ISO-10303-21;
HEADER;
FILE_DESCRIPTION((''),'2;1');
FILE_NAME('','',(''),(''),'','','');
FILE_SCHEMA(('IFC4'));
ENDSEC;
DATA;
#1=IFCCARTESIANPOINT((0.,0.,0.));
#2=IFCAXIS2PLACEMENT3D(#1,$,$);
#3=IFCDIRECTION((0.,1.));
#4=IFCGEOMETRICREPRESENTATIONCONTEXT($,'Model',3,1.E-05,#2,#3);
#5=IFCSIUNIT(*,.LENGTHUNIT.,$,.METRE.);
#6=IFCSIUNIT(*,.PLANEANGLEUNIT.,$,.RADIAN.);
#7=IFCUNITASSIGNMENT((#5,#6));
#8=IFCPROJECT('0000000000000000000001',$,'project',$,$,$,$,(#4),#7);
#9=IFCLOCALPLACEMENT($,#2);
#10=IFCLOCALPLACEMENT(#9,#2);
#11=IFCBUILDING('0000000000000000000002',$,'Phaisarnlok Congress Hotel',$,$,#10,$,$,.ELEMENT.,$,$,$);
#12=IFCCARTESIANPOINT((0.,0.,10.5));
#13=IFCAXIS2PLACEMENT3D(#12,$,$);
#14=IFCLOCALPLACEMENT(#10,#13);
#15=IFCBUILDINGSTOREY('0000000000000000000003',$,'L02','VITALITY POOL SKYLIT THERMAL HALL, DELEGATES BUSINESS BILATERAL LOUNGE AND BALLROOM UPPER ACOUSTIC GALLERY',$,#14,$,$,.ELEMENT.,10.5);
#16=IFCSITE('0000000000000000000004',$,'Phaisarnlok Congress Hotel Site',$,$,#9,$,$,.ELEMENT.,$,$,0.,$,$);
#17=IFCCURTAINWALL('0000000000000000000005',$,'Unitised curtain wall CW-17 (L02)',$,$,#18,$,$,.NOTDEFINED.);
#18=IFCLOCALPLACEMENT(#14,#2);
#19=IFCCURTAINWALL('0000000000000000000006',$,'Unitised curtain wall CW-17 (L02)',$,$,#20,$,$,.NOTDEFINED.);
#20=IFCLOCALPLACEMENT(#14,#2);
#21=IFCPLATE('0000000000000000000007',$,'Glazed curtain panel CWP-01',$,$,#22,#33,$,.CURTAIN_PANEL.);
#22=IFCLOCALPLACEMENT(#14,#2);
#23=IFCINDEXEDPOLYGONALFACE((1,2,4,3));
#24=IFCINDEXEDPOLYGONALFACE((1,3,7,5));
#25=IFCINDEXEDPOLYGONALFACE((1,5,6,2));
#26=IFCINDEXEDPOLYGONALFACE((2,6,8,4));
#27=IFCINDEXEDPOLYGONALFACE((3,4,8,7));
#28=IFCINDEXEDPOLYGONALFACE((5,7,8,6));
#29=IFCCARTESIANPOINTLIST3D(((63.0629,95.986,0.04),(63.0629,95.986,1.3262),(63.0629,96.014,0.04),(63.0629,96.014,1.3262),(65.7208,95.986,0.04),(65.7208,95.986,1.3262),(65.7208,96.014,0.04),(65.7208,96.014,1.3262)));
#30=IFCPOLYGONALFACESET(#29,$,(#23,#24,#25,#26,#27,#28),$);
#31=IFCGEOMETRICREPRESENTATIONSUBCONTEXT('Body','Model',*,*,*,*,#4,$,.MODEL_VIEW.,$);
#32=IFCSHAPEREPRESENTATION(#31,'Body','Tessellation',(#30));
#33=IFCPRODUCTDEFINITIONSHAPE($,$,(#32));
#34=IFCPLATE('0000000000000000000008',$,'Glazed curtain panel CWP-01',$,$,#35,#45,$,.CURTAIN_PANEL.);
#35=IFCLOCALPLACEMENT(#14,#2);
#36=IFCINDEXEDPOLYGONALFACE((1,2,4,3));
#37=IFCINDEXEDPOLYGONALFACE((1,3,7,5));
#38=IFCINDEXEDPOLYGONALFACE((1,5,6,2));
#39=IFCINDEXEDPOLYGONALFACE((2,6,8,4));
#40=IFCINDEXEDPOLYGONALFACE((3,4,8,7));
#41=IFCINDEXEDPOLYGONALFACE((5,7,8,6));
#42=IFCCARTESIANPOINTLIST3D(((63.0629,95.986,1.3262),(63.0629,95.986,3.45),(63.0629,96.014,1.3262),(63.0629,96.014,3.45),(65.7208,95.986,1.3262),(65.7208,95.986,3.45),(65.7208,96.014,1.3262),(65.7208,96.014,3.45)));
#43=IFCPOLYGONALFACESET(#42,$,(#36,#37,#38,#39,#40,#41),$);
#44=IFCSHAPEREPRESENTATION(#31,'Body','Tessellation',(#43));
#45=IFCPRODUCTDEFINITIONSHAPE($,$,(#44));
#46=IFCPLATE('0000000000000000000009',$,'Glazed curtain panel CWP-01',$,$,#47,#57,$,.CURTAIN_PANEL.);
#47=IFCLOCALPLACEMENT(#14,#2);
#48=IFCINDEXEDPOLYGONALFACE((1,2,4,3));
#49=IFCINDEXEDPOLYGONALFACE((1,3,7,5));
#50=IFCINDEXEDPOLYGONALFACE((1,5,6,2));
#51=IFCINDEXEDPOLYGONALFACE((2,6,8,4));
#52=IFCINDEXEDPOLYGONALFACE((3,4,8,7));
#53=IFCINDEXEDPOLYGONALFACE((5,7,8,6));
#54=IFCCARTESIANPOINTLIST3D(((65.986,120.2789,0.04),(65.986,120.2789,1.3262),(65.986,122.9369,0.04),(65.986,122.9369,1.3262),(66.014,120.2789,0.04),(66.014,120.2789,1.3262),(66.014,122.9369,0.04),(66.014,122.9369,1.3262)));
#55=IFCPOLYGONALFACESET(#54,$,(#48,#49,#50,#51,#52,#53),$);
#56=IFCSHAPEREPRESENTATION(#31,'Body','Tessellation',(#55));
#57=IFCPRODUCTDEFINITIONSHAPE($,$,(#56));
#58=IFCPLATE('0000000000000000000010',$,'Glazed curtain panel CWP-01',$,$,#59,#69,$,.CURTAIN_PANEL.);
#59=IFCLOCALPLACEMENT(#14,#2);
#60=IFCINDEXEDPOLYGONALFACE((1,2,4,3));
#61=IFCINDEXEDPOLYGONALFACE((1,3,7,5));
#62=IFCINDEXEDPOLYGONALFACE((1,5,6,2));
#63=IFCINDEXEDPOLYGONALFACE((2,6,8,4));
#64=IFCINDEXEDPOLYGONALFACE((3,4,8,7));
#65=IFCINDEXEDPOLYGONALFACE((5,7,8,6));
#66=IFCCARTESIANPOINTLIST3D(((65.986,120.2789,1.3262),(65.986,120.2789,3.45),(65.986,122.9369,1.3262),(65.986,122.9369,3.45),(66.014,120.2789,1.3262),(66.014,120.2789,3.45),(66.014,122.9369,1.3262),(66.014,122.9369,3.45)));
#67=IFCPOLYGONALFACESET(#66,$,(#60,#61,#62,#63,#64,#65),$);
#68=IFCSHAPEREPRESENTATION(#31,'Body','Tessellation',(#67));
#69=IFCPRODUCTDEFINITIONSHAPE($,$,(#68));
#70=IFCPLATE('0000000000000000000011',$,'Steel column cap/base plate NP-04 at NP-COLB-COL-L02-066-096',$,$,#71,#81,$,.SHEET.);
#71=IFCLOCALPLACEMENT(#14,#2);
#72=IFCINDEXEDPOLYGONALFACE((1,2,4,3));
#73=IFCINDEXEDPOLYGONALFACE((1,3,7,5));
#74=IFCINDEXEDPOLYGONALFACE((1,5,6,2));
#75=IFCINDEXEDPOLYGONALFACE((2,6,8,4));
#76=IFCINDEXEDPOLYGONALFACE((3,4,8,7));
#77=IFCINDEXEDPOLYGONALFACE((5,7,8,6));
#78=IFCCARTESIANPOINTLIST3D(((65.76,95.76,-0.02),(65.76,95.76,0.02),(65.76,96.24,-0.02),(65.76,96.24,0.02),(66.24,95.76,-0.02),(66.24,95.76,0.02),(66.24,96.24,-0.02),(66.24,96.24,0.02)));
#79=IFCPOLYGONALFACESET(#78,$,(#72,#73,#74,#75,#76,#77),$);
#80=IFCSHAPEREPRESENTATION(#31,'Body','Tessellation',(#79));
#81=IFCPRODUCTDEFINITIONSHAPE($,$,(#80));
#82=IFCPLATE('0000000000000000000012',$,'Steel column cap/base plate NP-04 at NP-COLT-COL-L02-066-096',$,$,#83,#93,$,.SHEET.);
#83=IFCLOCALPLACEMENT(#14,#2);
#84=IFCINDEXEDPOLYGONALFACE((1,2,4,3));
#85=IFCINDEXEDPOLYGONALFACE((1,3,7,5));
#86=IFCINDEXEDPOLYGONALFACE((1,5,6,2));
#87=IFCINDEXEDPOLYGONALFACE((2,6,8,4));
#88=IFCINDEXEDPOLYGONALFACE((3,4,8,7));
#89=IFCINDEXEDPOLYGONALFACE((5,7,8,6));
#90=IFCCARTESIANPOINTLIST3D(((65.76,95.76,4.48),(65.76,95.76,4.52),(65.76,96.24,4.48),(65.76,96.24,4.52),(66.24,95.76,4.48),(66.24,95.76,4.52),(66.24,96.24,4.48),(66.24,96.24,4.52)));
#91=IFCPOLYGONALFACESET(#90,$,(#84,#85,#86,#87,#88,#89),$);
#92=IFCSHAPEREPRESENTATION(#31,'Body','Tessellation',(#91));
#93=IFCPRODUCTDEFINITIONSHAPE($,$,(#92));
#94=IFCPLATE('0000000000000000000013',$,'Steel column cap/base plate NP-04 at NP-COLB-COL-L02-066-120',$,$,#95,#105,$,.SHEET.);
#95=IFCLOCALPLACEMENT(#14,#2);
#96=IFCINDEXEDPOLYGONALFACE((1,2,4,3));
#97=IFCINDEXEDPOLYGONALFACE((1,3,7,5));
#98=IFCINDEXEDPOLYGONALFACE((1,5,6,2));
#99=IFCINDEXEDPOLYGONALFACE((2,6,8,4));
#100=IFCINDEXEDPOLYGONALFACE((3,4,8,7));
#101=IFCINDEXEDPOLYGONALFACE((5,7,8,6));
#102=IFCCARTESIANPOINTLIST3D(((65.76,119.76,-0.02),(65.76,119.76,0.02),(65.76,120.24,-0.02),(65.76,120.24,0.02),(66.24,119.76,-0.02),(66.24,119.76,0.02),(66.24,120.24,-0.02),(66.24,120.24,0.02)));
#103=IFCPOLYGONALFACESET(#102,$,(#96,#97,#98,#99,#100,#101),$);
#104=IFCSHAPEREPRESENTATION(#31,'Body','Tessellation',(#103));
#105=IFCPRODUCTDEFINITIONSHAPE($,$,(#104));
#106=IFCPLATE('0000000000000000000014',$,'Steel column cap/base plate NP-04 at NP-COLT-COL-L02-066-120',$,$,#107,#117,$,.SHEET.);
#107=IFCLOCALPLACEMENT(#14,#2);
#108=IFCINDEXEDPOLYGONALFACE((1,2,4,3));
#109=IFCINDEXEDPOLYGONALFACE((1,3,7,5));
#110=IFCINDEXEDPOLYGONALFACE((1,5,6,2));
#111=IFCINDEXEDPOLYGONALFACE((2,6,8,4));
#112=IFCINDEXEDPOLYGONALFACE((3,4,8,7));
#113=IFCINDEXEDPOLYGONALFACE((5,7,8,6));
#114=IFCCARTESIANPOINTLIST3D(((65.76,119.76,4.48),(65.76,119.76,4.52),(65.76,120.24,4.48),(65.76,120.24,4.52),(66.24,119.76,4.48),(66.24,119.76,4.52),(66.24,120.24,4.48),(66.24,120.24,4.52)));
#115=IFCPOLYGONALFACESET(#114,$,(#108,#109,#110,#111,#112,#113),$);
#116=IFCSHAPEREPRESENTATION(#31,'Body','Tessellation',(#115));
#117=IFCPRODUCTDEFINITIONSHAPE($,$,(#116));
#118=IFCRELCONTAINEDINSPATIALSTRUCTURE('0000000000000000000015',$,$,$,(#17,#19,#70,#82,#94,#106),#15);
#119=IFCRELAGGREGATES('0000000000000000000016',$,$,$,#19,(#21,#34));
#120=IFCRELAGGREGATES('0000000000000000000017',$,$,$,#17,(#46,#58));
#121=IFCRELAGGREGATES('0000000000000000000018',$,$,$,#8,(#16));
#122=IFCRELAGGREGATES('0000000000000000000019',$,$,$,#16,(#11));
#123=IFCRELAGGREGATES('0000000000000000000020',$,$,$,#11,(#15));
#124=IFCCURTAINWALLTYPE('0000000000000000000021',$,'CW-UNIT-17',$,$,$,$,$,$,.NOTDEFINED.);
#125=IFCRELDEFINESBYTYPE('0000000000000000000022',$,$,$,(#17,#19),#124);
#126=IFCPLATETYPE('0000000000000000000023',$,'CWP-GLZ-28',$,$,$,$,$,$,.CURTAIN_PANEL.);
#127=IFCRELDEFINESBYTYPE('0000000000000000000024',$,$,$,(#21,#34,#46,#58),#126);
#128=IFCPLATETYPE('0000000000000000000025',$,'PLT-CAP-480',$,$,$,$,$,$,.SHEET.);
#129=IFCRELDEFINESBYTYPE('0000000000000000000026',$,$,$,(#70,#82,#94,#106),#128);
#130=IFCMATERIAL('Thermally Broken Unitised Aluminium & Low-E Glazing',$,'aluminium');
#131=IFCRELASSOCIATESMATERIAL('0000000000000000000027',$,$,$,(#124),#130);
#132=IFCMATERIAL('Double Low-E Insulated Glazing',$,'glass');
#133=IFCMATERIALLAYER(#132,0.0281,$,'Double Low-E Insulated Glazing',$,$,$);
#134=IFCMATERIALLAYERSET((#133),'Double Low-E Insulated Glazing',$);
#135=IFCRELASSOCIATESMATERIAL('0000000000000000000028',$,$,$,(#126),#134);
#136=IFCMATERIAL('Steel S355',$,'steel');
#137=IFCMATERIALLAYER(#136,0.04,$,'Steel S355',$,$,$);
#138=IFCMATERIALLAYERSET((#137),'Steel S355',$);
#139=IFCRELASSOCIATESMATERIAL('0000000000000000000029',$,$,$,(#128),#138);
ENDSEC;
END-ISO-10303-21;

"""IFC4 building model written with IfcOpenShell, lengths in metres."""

from ifc_helpers import new_model, si_unit, direction, frame, frame_2d, origin, origin_2d, place, context, subcontext, project, spatial, rectangle, extrude, material, layer, layer_set, type_object, element, aggregate, save


model = new_model("IFC4")

# Units and contexts
model_context = context("Model", 3, precision=1e-05, world=origin(), true_north=direction((0.0, 1.0)))
body_context = subcontext(model_context, "Body", "Model", "MODEL_VIEW")
ifc_project = project(units=[si_unit("LENGTHUNIT", "METRE"), si_unit("PLANEANGLEUNIT", "RADIAN")], contexts=[model_context])

# Site, building, storey
site_placement = place(None, origin())
site = spatial("IfcSite", under=ifc_project, at=site_placement, Name="Phaisarnlok Congress Hotel Site", CompositionType="ELEMENT", RefElevation=0.0)
building_placement = place(site_placement, origin())
building = spatial("IfcBuilding", under=site, at=building_placement, Name="Phaisarnlok Congress Hotel", CompositionType="ELEMENT")
storey_placement = place(building_placement, frame((0.0, 0.0, 10.5)))
storey = spatial("IfcBuildingStorey", under=building, at=storey_placement, Name="L02", Description="VITALITY POOL SKYLIT THERMAL HALL, DELEGATES BUSINESS BILATERAL LOUNGE AND BALLROOM UPPER ACOUSTIC GALLERY", CompositionType="ELEMENT", Elevation=10.5)

# Shared definitions
ifc_material_1 = material(Name="Steel S355", Category="steel")

# Curtain walls
ifc_material_2 = material(Name="Thermally Broken Unitised Aluminium & Low-E Glazing", Category="aluminium")
curtain_wall_type = type_object("IfcCurtainWallType", Name="CW-UNIT-17", PredefinedType="NOTDEFINED", material=ifc_material_2)
curtain_wall_1_placement = place(storey_placement, origin())
curtain_wall_1 = element("IfcCurtainWall", 1, at=curtain_wall_1_placement, inside=storey, type_object=curtain_wall_type, Name="Unitised curtain wall CW-17 (L02)", PredefinedType="NOTDEFINED")
curtain_wall_2_placement = place(storey_placement, origin())
curtain_wall_2 = element("IfcCurtainWall", 2, at=curtain_wall_2_placement, inside=storey, type_object=curtain_wall_type, Name="Unitised curtain wall CW-17 (L02)", PredefinedType="NOTDEFINED")

# Plates
ifc_material_3 = material(Name="Double Low-E Insulated Glazing", Category="glass")
ifc_layer_1 = layer(ifc_material_3, 0.0281, Name="Double Low-E Insulated Glazing")
ifc_layer_set_1 = layer_set([ifc_layer_1], Name="Double Low-E Insulated Glazing")
plate_type_1 = type_object("IfcPlateType", Name="CWP-GLZ-28", PredefinedType="CURTAIN_PANEL", material=ifc_layer_set_1)
plate_1_placement = place(storey_placement, frame((65.7209, 96.0, 0.04), z_axis=(0.0, 0.0, 1.0), x_axis=(-1.0, 0.0, 0.0)))
plate_1 = element("IfcPlate", 3, at=plate_1_placement, type_object=plate_type_1, Name="Glazed curtain panel CWP-01", PredefinedType="CURTAIN_PANEL", context=body_context, shape_type="SweptSolid", body=[
    extrude(rectangle(XDim=2.658, YDim=0.0281, at=frame_2d((1.3291, 0.0))), origin(), (0.0, 0.0, 1.0), 1.2861),
])
plate_2_placement = place(storey_placement, frame((65.7209, 96.0, 1.3262), z_axis=(0.0, 0.0, 1.0), x_axis=(-1.0, 0.0, 0.0)))
plate_2 = element("IfcPlate", 4, at=plate_2_placement, type_object=plate_type_1, Name="Glazed curtain panel CWP-01", PredefinedType="CURTAIN_PANEL", context=body_context, shape_type="SweptSolid", body=[
    extrude(rectangle(XDim=2.658, YDim=0.0281, at=frame_2d((1.3291, 0.0))), origin(), (0.0, 0.0, 1.0), 2.1238),
])
aggregate(curtain_wall_2, [plate_1, plate_2])
plate_3_placement = place(storey_placement, frame((66.0, 122.937, 0.04), z_axis=(0.0, 0.0, 1.0), x_axis=(0.0, -1.0, 0.0)))
plate_3 = element("IfcPlate", 5, at=plate_3_placement, type_object=plate_type_1, Name="Glazed curtain panel CWP-01", PredefinedType="CURTAIN_PANEL", context=body_context, shape_type="SweptSolid", body=[
    extrude(rectangle(XDim=2.658, YDim=0.0281, at=frame_2d((1.3291, 0.0))), origin(), (0.0, 0.0, 1.0), 1.2861),
])
plate_4_placement = place(storey_placement, frame((66.0, 122.937, 1.3262), z_axis=(0.0, 0.0, 1.0), x_axis=(0.0, -1.0, 0.0)))
plate_4 = element("IfcPlate", 6, at=plate_4_placement, type_object=plate_type_1, Name="Glazed curtain panel CWP-01", PredefinedType="CURTAIN_PANEL", context=body_context, shape_type="SweptSolid", body=[
    extrude(rectangle(XDim=2.658, YDim=0.0281, at=frame_2d((1.3291, 0.0))), origin(), (0.0, 0.0, 1.0), 2.1238),
])
aggregate(curtain_wall_1, [plate_3, plate_4])

# Plates
ifc_layer_2 = layer(ifc_material_1, 0.04, Name="Steel S355")
ifc_layer_set_2 = layer_set([ifc_layer_2], Name="Steel S355")
plate_type_2 = type_object("IfcPlateType", Name="PLT-CAP-480", PredefinedType="SHEET", material=ifc_layer_set_2)
for number, where, z_axis, x_axis, name in (
    (7, (66.0, 96.0, -0.02), (0.0, 0.0, 1.0), (1.0, 0.0, 0.0), "Steel column cap/base plate NP-04 at NP-COLB-COL-L02-066-096"),
    (8, (66.0, 96.0, 4.48), (0.0, 0.0, 1.0), (1.0, 0.0, 0.0), "Steel column cap/base plate NP-04 at NP-COLT-COL-L02-066-096"),
    (9, (66.0, 120.0, -0.02), (0.0, 0.0, 1.0), (1.0, 0.0, 0.0), "Steel column cap/base plate NP-04 at NP-COLB-COL-L02-066-120"),
    (10, (66.0, 120.0, 4.48), (0.0, 0.0, 1.0), (1.0, 0.0, 0.0), "Steel column cap/base plate NP-04 at NP-COLT-COL-L02-066-120"),
):
    element("IfcPlate", number, at=place(storey_placement, frame(where, z_axis=z_axis, x_axis=x_axis)), inside=storey, type_object=plate_type_2, Name=name, PredefinedType="SHEET", context=body_context, shape_type="SweptSolid", body=[
        extrude(rectangle(XDim=0.48, YDim=0.48, at=origin_2d()), origin(), (0.0, 0.0, 1.0), 0.04),
    ])

save(model, "model.ifc")
